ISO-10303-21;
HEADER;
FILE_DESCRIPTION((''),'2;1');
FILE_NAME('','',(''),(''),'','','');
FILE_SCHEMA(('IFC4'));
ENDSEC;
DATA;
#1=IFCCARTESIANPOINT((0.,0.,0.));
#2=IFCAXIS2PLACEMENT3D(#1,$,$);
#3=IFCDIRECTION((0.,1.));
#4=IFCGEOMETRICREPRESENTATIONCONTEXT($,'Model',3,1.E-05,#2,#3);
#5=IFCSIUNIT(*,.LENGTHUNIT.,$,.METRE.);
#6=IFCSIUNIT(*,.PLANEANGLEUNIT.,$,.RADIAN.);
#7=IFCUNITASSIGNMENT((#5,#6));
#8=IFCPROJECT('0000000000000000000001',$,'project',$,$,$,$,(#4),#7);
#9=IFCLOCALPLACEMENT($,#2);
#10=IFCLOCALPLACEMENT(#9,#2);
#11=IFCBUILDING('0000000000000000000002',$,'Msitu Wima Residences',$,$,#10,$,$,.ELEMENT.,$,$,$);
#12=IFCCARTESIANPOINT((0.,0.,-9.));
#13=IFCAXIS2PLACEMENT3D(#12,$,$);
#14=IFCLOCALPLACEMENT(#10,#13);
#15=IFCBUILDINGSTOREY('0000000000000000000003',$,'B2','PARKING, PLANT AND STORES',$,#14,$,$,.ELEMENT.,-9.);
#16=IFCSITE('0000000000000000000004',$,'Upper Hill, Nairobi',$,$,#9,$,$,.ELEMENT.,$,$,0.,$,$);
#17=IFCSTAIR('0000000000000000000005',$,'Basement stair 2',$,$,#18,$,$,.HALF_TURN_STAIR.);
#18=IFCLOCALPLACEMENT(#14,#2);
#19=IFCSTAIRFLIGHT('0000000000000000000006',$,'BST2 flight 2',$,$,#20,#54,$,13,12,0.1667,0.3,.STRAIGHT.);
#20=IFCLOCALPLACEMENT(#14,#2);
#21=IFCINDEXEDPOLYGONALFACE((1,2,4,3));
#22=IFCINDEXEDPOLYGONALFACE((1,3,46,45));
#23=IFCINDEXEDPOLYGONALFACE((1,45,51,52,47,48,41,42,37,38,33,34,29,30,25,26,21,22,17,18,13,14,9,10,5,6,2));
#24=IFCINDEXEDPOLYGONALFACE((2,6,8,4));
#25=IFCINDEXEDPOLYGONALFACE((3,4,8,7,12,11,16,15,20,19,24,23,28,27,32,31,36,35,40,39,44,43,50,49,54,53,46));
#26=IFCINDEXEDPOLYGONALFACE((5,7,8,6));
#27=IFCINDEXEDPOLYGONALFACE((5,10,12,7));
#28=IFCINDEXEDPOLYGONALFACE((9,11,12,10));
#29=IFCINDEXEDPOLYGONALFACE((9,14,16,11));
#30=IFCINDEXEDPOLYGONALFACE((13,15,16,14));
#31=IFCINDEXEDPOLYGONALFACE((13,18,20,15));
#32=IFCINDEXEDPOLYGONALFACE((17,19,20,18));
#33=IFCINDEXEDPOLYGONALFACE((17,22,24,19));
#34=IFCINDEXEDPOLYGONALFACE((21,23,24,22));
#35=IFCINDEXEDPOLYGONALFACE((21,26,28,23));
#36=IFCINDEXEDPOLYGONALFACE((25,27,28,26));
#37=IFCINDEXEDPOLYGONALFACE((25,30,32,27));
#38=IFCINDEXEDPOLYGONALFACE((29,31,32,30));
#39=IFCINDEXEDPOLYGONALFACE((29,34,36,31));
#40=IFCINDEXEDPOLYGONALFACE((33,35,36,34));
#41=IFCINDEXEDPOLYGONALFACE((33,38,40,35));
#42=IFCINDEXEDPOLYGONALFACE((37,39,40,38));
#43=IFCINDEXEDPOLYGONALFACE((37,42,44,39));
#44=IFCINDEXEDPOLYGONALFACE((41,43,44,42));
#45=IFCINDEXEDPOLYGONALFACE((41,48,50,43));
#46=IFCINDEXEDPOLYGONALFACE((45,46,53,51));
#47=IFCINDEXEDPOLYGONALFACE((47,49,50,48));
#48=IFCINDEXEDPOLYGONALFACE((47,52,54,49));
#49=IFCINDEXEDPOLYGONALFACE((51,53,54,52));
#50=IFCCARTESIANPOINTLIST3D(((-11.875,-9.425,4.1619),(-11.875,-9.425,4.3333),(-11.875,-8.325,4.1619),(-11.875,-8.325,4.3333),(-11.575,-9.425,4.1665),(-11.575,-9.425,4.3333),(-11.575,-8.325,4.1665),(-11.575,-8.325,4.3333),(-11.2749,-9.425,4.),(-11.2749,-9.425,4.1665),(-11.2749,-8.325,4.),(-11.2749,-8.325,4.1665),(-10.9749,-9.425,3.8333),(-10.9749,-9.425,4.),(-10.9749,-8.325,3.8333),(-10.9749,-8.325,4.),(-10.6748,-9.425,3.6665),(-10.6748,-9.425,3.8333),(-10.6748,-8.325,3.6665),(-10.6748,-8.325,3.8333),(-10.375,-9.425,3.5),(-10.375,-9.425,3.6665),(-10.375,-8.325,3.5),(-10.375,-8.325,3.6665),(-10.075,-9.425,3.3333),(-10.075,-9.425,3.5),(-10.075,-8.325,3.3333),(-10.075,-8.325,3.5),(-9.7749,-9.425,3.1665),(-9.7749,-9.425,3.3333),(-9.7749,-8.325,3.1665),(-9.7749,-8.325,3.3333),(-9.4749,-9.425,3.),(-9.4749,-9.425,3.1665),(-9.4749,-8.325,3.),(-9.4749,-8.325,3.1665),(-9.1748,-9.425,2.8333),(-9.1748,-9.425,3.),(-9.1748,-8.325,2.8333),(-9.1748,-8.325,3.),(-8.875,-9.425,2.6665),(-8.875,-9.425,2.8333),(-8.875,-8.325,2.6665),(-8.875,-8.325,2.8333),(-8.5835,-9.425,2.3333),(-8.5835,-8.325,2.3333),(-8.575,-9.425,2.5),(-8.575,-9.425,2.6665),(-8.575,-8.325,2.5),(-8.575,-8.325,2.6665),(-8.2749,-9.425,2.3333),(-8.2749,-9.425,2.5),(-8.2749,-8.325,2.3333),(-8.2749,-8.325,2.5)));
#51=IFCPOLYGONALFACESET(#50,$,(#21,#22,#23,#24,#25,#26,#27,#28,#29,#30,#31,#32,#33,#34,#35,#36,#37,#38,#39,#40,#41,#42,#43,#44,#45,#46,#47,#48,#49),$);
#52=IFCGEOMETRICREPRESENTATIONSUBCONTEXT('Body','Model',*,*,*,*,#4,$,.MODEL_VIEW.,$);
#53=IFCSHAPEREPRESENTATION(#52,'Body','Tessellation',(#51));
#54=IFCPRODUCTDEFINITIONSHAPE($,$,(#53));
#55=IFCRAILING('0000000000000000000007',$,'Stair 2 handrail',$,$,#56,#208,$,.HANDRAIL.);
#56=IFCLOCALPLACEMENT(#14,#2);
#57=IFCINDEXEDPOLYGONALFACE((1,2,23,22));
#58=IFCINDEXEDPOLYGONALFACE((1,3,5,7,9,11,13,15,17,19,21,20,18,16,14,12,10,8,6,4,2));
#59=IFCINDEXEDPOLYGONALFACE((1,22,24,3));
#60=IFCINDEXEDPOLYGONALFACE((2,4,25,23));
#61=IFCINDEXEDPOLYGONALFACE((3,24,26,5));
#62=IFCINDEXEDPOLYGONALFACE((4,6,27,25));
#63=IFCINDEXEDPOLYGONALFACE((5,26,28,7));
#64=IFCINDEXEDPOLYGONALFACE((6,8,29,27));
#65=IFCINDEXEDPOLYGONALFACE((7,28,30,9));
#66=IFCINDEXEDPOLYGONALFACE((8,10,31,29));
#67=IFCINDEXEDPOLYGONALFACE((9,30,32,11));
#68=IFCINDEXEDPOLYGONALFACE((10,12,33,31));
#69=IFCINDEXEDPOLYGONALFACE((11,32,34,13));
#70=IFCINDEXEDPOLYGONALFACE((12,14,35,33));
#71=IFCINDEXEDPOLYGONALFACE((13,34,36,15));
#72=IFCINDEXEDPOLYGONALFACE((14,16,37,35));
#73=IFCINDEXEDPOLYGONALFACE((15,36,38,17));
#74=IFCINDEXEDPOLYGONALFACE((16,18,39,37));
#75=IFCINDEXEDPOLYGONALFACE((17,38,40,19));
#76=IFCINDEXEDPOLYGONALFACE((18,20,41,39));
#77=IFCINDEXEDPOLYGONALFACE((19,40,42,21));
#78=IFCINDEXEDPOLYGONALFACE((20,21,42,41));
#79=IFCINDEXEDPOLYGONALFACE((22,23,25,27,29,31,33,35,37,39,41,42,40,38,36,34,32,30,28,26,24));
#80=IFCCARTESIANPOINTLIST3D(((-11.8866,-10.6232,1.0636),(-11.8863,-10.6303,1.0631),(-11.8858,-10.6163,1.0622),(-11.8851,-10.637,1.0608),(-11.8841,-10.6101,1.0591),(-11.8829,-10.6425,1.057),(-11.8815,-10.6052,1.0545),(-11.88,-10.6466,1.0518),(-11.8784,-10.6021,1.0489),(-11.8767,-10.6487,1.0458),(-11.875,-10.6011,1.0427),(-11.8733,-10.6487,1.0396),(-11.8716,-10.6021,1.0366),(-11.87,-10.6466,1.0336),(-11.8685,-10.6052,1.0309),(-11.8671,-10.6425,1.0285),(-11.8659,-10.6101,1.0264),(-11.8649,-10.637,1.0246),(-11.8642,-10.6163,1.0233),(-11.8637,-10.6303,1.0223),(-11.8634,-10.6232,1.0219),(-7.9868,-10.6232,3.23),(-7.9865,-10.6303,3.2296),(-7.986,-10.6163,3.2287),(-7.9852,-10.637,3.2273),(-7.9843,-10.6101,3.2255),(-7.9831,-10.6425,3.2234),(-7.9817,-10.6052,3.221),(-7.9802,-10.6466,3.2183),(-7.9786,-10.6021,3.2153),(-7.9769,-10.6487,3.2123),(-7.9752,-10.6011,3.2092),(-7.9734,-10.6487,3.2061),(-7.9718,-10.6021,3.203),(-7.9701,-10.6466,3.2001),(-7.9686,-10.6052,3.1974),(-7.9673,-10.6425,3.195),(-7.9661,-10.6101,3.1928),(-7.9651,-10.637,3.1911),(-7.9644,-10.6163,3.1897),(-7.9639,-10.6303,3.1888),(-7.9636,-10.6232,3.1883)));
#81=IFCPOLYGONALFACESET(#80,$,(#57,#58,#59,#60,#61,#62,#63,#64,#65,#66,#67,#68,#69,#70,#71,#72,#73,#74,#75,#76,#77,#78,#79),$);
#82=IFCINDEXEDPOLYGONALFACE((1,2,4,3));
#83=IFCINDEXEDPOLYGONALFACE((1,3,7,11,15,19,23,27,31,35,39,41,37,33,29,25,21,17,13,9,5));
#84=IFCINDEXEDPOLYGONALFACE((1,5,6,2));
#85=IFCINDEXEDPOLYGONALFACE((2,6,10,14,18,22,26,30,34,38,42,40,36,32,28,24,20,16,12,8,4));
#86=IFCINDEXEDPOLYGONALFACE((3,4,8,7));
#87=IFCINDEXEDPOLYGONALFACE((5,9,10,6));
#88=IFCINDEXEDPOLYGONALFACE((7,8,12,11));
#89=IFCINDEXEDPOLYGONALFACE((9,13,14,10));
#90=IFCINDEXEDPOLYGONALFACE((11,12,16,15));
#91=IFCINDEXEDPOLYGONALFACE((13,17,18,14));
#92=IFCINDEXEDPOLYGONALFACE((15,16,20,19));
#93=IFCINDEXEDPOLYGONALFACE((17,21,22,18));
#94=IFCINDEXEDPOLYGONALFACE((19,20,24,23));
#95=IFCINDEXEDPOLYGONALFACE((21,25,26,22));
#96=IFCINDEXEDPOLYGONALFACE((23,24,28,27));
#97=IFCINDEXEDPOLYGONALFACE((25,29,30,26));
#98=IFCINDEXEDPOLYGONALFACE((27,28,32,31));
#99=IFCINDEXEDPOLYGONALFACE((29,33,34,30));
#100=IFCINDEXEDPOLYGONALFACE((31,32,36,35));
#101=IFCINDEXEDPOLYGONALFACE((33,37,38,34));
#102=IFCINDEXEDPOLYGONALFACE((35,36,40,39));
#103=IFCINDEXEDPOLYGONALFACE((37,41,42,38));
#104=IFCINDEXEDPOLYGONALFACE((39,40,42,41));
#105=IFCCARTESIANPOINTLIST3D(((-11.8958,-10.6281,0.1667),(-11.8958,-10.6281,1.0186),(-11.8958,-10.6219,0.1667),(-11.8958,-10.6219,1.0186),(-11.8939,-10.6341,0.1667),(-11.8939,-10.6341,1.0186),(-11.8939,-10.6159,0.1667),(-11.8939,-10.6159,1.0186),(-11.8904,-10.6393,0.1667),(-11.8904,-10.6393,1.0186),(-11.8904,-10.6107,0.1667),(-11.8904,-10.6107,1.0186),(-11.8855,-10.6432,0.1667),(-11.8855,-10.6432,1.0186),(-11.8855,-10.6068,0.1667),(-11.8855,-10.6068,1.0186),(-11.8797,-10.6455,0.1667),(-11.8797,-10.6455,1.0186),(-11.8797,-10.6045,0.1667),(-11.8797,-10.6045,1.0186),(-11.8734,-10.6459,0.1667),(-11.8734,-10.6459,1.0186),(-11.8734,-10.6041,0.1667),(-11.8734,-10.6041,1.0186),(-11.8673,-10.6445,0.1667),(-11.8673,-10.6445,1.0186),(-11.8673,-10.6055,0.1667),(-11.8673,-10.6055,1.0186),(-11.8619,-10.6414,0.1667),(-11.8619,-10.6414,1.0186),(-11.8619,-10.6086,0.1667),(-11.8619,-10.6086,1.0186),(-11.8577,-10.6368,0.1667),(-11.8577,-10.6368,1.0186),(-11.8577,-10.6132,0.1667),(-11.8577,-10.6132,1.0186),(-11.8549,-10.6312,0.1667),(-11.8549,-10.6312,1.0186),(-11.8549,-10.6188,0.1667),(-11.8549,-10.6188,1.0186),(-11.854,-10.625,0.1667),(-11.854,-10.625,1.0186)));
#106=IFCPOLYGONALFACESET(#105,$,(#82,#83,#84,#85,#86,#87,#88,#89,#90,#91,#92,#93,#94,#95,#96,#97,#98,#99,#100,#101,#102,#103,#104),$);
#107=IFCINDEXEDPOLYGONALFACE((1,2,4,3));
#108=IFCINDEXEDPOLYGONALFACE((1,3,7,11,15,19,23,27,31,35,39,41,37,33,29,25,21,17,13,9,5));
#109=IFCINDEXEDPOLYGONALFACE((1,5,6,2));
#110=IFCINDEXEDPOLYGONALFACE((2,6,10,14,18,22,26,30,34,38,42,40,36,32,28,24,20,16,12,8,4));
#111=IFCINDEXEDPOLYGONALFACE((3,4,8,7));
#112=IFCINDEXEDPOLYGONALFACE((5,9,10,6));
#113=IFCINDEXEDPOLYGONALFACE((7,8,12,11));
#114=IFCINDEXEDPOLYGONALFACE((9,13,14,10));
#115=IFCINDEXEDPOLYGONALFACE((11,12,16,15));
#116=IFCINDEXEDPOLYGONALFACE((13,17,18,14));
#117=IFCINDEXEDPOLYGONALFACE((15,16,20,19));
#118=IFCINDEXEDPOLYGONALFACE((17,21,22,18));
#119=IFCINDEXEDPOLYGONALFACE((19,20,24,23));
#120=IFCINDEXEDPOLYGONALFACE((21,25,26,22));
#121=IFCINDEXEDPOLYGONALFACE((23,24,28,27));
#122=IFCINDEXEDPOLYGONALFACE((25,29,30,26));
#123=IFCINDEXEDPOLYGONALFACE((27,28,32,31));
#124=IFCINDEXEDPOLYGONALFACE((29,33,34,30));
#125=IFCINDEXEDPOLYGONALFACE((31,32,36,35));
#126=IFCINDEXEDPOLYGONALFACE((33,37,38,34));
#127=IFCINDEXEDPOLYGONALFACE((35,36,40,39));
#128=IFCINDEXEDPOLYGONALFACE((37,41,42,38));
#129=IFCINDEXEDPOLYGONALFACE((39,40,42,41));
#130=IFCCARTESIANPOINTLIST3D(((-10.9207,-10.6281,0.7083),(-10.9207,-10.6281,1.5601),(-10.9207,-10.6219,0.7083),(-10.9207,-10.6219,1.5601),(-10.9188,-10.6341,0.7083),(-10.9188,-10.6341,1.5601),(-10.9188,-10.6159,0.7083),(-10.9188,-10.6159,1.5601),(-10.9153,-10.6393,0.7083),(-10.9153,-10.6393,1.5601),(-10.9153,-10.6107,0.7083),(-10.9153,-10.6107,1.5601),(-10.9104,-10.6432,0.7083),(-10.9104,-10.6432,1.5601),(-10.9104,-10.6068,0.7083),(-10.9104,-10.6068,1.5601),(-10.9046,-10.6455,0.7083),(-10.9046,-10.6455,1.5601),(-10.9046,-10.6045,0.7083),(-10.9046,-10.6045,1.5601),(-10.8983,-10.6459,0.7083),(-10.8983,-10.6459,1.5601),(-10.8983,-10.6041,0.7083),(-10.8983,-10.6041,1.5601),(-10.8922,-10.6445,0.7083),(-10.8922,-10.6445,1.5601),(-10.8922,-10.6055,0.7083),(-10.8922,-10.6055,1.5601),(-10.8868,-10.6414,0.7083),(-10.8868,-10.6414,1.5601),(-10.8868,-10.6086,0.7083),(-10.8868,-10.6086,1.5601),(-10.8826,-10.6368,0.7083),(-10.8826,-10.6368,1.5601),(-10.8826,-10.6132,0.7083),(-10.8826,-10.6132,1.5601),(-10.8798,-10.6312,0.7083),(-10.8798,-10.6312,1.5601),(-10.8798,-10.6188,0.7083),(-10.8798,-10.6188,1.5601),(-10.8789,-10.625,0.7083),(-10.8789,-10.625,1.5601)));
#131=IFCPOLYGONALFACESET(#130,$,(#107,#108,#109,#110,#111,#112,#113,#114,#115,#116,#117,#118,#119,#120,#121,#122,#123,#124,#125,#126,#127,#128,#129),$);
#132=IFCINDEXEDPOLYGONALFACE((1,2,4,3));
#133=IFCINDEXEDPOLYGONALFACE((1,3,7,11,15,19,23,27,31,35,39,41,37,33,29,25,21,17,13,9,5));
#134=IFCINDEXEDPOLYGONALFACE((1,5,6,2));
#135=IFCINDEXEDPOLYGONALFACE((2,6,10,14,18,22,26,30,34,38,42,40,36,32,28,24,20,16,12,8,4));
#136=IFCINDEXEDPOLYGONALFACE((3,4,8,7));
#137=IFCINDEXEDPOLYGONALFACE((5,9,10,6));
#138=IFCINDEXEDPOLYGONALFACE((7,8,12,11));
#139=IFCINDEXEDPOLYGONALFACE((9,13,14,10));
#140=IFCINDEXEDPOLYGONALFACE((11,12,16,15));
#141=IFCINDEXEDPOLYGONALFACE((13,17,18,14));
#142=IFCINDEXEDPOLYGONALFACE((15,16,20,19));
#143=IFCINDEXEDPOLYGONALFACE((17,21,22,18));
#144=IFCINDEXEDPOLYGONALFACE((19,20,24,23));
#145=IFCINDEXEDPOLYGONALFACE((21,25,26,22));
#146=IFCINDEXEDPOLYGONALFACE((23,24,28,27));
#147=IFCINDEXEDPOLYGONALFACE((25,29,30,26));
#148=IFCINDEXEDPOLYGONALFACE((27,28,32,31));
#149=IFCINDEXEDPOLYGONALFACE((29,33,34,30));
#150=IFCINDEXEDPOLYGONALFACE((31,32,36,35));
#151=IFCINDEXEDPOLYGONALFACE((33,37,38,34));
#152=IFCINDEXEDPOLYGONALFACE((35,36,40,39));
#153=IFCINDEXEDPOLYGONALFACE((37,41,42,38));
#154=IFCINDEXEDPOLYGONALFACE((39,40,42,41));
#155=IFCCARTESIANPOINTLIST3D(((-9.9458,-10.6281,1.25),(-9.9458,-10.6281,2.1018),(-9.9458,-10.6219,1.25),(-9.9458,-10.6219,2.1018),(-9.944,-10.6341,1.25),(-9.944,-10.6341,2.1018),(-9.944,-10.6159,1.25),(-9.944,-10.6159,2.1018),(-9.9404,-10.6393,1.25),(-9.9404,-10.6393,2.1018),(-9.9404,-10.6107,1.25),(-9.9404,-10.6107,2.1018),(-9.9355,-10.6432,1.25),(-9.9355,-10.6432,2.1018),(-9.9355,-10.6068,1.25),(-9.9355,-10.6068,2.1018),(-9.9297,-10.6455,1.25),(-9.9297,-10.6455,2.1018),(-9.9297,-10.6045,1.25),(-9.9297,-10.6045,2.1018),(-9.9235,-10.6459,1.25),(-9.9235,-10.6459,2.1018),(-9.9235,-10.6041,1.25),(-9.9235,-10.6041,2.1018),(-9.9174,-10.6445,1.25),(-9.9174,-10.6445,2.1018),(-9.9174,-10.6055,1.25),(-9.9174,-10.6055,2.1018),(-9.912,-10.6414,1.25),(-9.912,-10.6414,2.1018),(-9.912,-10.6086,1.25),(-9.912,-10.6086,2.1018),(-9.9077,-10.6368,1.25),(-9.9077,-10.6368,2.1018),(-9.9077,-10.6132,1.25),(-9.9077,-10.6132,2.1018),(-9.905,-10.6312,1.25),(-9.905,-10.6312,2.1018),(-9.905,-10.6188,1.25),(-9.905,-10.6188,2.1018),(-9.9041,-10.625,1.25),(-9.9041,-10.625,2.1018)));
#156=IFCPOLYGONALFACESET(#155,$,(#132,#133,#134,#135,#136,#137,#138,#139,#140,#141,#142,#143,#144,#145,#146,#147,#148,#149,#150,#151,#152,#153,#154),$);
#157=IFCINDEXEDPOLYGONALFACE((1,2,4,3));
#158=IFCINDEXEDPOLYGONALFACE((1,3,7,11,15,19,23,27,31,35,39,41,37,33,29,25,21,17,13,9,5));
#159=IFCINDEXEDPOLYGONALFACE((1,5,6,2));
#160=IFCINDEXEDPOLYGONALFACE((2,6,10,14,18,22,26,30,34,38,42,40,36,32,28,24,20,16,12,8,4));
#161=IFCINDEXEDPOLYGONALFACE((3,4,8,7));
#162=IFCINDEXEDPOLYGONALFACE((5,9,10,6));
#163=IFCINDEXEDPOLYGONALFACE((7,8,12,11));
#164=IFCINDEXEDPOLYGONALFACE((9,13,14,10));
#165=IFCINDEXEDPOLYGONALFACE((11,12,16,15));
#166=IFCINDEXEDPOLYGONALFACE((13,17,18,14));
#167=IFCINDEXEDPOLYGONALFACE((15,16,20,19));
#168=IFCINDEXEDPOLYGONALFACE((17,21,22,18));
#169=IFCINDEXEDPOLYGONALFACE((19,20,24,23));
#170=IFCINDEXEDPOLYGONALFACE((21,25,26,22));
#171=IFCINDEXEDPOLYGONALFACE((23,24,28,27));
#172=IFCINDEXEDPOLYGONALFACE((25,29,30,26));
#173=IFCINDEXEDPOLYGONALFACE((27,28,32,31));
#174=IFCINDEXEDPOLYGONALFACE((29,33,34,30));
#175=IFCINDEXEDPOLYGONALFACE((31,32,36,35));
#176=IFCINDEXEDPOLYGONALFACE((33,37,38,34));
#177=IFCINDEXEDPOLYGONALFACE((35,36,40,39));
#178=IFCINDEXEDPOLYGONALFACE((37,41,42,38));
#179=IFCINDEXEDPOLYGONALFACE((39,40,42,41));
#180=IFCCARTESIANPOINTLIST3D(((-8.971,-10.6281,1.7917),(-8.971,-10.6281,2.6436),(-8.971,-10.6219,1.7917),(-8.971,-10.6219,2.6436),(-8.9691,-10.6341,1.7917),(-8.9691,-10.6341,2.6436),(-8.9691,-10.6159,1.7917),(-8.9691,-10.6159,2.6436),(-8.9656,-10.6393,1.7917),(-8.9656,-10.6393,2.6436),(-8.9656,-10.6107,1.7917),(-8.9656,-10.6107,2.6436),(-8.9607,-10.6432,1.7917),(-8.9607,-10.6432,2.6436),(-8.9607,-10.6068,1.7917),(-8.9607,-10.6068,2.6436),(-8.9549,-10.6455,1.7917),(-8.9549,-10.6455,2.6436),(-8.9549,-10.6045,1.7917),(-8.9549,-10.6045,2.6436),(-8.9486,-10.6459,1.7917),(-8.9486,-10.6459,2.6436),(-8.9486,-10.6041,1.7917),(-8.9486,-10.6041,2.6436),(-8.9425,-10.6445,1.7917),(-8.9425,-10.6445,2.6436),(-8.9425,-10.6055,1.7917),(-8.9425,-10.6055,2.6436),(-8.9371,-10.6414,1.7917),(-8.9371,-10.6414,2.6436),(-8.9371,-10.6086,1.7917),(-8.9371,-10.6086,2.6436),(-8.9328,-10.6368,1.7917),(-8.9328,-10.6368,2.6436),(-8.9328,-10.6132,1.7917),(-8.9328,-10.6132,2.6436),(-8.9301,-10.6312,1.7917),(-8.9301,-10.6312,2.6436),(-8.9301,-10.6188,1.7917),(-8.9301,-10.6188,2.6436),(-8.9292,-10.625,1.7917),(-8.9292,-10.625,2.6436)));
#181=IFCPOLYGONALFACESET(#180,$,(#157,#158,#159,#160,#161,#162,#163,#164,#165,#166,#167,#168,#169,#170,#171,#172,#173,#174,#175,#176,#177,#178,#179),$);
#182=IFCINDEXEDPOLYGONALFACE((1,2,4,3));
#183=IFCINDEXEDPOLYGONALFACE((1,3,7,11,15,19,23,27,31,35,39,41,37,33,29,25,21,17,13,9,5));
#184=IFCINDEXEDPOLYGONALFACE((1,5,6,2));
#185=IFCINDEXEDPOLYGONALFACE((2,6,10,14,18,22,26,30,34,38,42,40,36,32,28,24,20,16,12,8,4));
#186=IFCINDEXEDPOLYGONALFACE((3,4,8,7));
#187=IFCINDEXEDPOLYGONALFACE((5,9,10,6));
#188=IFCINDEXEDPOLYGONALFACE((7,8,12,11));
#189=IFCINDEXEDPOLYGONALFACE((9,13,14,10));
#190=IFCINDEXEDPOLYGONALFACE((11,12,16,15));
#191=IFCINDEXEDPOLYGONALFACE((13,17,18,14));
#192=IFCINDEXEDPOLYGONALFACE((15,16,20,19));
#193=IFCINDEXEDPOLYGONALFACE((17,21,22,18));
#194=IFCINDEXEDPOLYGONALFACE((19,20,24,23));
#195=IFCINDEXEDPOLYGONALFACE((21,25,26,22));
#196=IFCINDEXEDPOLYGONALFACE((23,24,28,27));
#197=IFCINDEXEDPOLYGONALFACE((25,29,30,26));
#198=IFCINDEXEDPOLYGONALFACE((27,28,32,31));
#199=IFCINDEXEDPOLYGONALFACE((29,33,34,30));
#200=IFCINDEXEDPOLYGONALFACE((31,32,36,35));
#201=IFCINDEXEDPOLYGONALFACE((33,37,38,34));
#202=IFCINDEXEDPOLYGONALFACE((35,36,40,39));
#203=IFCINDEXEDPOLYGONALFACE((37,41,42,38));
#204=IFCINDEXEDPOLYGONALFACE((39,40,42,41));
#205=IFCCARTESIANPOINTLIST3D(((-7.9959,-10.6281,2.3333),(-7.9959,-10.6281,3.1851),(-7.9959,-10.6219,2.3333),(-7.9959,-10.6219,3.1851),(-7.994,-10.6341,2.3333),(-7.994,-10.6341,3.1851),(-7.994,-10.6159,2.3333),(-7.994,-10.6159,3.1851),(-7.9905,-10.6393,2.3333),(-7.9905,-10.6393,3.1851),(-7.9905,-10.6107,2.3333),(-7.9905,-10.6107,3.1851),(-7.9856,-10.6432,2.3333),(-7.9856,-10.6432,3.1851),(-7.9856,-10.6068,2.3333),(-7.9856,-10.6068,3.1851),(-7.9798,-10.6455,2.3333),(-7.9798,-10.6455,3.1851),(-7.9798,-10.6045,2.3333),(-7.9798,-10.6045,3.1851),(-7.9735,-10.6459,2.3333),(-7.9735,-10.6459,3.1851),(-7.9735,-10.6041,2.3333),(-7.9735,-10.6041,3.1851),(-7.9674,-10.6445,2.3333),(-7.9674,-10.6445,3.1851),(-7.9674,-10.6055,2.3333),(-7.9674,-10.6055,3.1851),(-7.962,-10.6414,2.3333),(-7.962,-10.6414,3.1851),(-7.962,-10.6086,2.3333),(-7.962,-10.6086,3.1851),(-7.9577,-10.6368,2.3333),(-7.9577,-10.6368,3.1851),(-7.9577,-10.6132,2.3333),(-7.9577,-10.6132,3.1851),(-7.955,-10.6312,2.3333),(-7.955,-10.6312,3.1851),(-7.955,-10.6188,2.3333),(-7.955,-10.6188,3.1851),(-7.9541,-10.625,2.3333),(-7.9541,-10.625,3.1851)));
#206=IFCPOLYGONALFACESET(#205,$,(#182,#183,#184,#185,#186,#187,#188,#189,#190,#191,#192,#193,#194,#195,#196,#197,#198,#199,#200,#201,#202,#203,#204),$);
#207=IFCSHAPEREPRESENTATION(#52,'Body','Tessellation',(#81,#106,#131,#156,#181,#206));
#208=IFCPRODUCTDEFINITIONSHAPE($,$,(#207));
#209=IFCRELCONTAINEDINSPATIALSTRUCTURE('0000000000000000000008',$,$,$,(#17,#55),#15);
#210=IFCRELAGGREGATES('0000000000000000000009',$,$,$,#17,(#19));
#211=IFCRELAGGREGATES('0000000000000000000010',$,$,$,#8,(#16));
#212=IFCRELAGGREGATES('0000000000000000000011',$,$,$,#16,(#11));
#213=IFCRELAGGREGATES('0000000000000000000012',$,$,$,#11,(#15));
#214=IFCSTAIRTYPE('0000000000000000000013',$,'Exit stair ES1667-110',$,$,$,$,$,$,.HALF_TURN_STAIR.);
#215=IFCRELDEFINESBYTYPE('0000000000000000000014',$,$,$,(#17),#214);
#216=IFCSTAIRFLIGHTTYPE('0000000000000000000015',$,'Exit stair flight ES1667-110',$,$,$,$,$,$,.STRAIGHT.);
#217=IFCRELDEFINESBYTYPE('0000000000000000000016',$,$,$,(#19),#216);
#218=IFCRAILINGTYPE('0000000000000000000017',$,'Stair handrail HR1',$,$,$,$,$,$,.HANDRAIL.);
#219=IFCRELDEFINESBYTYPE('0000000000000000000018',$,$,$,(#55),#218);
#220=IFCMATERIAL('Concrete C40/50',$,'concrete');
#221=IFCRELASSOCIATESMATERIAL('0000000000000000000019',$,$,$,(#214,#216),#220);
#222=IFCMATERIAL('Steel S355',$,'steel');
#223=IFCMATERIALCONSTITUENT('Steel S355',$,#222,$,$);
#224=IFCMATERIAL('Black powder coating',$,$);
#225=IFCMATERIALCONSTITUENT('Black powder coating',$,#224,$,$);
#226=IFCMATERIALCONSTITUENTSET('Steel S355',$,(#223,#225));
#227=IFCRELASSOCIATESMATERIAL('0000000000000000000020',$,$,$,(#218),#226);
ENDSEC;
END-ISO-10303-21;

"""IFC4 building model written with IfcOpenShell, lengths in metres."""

from ifc_helpers import new_model, si_unit, direction, frame, origin, origin_2d, place, context, subcontext, project, spatial, polyline, circle, outline, extrude, material, constituent, constituent_set, type_object, element, aggregate, save


model = new_model("IFC4")

# Units and contexts
model_context = context("Model", 3, precision=1e-05, world=origin(), true_north=direction((0.0, 1.0)))
body_context = subcontext(model_context, "Body", "Model", "MODEL_VIEW")
ifc_project = project(units=[si_unit("LENGTHUNIT", "METRE"), si_unit("PLANEANGLEUNIT", "RADIAN")], contexts=[model_context])

# Site, building, storey
site_placement = place(None, origin())
site = spatial("IfcSite", under=ifc_project, at=site_placement, Name="Upper Hill, Nairobi", CompositionType="ELEMENT", RefElevation=0.0)
building_placement = place(site_placement, origin())
building = spatial("IfcBuilding", under=site, at=building_placement, Name="Msitu Wima Residences", CompositionType="ELEMENT")
storey_placement = place(building_placement, frame((0.0, 0.0, -9.0)))
storey = spatial("IfcBuildingStorey", under=building, at=storey_placement, Name="B2", Description="PARKING, PLANT AND STORES", CompositionType="ELEMENT", Elevation=-9.0)

# Shared definitions
ifc_material_1 = material(Name="Concrete C40/50", Category="concrete")

# Stair, stair flight
stair_type = type_object("IfcStairType", Name="Exit stair ES1667-110", PredefinedType="HALF_TURN_STAIR", material=ifc_material_1)
stair_placement = place(storey_placement, origin())
stair = element("IfcStair", 1, at=stair_placement, inside=storey, type_object=stair_type, Name="Basement stair 2", PredefinedType="HALF_TURN_STAIR")
stair_flight_type = type_object("IfcStairFlightType", Name="Exit stair flight ES1667-110", PredefinedType="STRAIGHT", material=ifc_material_1)
stair_flight_1_placement = place(storey_placement, frame((-8.2749, -8.875, 2.3333), z_axis=(0.0, 0.0, 1.0), x_axis=(-1.0, 0.0, 0.0)))
stair_flight_1 = element("IfcStairFlight", 2, at=stair_flight_1_placement, type_object=stair_flight_type, Name="BST2 flight 2", NumberOfRisers=13, NumberOfTreads=12, PredefinedType="STRAIGHT", RiserHeight=0.1667, TreadLength=0.3, context=body_context, shape_type="SweptSolid", body=[
    extrude(outline(polyline([(0.0, 0.0), (0.0, 0.1667), (0.3, 0.1667), (0.3, 0.3333), (0.6001, 0.3333), (0.6001, 0.5), (0.8999, 0.5), (0.8999, 0.6667), (1.2, 0.6667), (1.2, 0.8333), (1.5, 0.8333), (1.5, 1.0), (1.8, 1.0), (1.8, 1.1667), (2.1001, 1.1667), (2.1001, 1.3333), (2.3999, 1.3333), (2.3999, 1.5), (2.7, 1.5), (2.7, 1.6667), (3.0, 1.6667), (3.0, 1.8333), (3.3, 1.8333), (3.3, 2.0), (3.6001, 2.0), (3.6001, 2.1667), (3.6001, 1.8286), (0.3086, 0.0), (0.0, 0.0)])), frame((0.0, 0.55, 0.0), z_axis=(0.0, -1.0, 0.0), x_axis=(1.0, 0.0, 0.0)), (0.0, 0.0, 1.0), 1.1001),
])
aggregate(stair, [stair_flight_1])

# Railing
ifc_material_2 = material(Name="Steel S355", Category="steel")
ifc_constituent_1 = constituent(ifc_material_2, Name="Steel S355")
ifc_material_3 = material(Name="Black powder coating")
ifc_constituent_2 = constituent(ifc_material_3, Name="Black powder coating")
ifc_constituent_set = constituent_set(constituents=[ifc_constituent_1, ifc_constituent_2], Name="Steel S355")
railing_type = type_object("IfcRailingType", Name="Stair handrail HR1", PredefinedType="HANDRAIL", material=ifc_constituent_set)
for number, where, name in (
    (3, (-11.875, -10.625, 0.1667), "Stair 2 handrail"),
):
    element("IfcRailing", number, at=place(storey_placement, frame(where)), inside=storey, type_object=railing_type, Name=name, PredefinedType="HANDRAIL", context=body_context, shape_type="SweptSolid", body=[
        extrude(circle(Radius=0.0239, at=origin_2d()), frame((0.0, 0.0, 0.876), z_axis=(0.874168, 0.0, 0.485624), x_axis=(0.0, 1.0, 0.0)), (0.0, 0.0, 1.0), 4.4612),
        extrude(circle(Radius=0.021, at=origin_2d()), origin(), (0.0, 0.0, 1.0), 0.8518),
        extrude(circle(Radius=0.021, at=origin_2d()), frame((0.9751, 0.0, 0.5415)), (0.0, 0.0, 1.0), 0.8518),
        extrude(circle(Radius=0.021, at=origin_2d()), frame((1.95, 0.0, 1.0833)), (0.0, 0.0, 1.0), 0.8518),
        extrude(circle(Radius=0.021, at=origin_2d()), frame((2.9248, 0.0, 1.625)), (0.0, 0.0, 1.0), 0.8518),
        extrude(circle(Radius=0.021, at=origin_2d()), frame((3.8999, 0.0, 2.1665)), (0.0, 0.0, 1.0), 0.8518),
    ])

save(model, "model.ifc")
